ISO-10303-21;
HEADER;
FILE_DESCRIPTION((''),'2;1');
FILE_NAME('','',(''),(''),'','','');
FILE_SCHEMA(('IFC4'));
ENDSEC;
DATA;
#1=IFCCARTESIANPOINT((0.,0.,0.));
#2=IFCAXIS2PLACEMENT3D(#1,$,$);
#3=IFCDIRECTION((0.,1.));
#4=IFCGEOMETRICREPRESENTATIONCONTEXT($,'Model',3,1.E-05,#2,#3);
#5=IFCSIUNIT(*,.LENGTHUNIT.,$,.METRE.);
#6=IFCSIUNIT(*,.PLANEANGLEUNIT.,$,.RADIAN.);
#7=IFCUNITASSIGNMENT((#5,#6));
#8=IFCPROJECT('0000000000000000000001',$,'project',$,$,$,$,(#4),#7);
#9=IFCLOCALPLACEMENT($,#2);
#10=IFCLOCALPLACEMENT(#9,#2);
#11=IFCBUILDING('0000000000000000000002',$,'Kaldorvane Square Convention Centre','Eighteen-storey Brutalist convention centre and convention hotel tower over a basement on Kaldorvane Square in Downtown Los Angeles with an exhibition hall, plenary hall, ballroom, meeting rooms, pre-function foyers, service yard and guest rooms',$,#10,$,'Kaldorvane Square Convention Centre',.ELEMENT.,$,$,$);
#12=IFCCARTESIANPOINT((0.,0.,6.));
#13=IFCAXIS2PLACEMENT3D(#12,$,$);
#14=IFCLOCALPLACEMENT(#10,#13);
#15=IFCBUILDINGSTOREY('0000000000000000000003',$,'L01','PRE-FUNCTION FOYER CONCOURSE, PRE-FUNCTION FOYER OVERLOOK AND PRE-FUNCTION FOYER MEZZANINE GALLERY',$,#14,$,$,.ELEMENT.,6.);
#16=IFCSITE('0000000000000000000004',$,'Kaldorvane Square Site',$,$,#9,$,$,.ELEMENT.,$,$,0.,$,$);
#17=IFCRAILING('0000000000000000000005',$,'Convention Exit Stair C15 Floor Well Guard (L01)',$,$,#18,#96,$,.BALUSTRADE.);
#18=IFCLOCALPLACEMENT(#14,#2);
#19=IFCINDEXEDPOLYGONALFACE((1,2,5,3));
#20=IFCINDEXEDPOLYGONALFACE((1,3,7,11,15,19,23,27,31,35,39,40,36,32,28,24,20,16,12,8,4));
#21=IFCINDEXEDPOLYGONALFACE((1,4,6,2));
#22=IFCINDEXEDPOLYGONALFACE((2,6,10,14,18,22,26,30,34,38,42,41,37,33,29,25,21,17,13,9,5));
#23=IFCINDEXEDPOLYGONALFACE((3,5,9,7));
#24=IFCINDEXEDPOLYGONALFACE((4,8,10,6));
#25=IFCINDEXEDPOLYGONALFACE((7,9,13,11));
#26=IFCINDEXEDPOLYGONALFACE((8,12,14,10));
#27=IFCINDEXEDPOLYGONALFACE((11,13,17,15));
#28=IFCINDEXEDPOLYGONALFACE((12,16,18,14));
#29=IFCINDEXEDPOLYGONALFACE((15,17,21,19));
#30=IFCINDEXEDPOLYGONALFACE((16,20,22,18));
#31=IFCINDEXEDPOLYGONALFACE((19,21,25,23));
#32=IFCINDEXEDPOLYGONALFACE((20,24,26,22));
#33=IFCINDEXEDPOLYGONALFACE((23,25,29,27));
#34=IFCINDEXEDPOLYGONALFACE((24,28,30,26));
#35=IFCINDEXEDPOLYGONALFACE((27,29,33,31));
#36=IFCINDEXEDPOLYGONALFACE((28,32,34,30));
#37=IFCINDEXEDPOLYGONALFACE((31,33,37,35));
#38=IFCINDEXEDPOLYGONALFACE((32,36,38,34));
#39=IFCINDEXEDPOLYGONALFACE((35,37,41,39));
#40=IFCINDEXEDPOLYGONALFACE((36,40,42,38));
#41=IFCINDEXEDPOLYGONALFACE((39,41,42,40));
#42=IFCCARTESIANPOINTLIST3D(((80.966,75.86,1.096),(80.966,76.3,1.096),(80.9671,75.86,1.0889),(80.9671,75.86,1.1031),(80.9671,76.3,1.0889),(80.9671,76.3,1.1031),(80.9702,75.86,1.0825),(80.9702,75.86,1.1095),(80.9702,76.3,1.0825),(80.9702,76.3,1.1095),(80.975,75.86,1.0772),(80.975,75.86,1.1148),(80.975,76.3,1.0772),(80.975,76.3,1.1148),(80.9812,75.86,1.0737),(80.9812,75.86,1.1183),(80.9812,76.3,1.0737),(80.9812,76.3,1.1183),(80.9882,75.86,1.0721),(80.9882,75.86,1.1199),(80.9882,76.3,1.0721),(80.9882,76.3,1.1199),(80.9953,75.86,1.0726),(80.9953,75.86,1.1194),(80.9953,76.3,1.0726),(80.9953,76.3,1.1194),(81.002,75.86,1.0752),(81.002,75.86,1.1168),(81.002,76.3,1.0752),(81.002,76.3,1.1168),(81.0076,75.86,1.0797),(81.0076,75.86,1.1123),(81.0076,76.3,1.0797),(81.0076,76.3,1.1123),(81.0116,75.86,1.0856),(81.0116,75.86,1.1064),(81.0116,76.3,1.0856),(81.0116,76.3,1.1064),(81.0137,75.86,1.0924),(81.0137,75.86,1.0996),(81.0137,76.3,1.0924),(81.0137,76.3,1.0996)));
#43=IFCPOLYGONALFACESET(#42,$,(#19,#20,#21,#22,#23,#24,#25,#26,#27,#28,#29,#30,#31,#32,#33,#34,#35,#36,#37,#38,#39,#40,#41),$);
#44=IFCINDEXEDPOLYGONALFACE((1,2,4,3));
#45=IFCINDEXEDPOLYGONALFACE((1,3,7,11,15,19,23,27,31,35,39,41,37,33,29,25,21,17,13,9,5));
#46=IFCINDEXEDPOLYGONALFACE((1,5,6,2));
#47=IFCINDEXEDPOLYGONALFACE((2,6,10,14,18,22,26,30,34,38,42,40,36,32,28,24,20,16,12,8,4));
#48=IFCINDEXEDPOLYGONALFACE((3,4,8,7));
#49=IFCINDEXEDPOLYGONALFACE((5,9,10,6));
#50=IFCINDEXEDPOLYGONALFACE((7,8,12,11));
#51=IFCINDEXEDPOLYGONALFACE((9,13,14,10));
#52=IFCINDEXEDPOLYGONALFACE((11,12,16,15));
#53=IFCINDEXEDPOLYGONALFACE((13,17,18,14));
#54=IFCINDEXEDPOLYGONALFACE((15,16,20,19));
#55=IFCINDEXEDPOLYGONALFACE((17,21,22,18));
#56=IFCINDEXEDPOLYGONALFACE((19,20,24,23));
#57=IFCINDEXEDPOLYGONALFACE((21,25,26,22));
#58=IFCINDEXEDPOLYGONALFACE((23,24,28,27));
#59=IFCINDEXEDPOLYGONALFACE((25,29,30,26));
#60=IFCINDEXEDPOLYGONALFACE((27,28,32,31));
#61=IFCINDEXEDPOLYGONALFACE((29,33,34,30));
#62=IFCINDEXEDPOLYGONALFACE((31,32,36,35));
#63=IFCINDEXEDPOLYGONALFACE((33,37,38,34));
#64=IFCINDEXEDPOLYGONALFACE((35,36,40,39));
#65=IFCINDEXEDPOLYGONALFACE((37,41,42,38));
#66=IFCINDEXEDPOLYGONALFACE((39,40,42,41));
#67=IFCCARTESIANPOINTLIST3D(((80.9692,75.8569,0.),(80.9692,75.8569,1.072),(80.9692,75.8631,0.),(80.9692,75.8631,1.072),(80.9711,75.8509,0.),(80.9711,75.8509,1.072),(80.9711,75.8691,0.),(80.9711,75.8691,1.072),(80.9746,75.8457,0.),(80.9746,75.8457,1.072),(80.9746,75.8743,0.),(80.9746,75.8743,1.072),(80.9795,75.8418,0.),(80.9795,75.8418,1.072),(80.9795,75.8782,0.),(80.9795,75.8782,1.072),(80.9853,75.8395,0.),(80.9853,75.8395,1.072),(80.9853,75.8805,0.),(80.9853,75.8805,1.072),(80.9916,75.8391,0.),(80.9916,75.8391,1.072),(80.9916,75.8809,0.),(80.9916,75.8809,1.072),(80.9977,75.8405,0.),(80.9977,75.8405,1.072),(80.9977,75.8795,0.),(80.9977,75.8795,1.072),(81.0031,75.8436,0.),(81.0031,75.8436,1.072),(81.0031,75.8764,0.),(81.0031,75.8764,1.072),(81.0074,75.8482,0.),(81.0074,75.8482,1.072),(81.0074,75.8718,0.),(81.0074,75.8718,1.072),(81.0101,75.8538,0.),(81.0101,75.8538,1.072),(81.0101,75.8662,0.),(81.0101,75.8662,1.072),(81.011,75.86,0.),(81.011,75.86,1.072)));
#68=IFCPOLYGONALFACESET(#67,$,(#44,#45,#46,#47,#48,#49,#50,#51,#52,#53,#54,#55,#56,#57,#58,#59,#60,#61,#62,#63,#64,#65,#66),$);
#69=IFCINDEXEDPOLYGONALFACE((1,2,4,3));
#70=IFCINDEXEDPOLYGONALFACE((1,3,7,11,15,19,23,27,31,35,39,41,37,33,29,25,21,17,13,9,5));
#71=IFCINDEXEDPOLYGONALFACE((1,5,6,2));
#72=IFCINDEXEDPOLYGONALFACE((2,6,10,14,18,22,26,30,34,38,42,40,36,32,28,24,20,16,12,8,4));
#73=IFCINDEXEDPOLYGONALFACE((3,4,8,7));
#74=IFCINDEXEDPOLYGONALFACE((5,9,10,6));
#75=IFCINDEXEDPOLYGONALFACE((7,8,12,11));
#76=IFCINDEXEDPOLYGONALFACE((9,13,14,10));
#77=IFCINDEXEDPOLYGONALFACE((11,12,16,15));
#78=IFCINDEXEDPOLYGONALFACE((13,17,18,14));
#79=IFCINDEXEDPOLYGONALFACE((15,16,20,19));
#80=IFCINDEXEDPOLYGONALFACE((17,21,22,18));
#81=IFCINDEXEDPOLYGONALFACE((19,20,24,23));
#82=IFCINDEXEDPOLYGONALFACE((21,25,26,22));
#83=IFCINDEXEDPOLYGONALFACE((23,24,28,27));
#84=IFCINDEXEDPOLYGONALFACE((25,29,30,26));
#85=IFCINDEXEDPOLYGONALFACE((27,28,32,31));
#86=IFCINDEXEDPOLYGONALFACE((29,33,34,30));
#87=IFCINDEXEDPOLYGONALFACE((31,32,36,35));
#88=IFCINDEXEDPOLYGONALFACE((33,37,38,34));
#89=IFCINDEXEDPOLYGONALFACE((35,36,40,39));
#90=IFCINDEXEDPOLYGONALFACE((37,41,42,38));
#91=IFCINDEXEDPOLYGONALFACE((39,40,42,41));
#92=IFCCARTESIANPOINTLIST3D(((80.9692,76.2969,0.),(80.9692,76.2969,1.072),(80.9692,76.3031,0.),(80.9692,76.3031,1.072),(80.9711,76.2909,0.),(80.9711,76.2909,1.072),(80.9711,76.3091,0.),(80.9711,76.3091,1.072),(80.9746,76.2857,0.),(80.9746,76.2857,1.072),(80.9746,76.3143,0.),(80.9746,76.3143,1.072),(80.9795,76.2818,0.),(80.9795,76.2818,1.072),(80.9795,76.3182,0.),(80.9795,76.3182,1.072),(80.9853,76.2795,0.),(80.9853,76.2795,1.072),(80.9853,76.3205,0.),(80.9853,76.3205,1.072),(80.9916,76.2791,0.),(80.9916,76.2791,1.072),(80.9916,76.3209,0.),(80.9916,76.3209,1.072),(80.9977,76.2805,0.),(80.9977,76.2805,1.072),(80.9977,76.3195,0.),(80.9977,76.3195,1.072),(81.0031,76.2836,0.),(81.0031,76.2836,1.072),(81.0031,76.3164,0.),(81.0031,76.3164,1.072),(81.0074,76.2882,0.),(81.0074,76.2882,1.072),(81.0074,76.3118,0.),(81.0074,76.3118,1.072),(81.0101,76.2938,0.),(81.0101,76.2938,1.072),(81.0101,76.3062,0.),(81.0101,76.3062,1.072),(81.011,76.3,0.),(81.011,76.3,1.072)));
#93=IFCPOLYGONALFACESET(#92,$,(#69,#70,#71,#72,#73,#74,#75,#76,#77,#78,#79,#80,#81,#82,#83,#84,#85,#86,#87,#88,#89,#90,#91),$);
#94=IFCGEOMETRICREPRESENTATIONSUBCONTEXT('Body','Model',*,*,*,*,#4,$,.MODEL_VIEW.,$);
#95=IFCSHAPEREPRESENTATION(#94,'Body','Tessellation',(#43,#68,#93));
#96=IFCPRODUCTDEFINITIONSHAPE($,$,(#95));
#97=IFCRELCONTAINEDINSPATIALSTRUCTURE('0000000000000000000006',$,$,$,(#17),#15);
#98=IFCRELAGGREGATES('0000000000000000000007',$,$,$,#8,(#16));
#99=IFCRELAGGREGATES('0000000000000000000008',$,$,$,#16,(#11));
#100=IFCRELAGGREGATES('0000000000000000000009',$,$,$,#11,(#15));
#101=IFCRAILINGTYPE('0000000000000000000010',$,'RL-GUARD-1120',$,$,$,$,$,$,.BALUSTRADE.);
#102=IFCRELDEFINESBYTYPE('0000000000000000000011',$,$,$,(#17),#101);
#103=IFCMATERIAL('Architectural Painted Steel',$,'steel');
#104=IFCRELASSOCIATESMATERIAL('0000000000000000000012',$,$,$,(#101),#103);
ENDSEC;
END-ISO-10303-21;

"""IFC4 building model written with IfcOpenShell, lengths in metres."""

from ifc_helpers import new_model, si_unit, direction, frame, origin, origin_2d, place, context, subcontext, project, spatial, circle, extrude, material, type_object, element, save


model = new_model("IFC4")

# Units and contexts
model_context = context("Model", 3, precision=1e-05, world=origin(), true_north=direction((0.0, 1.0)))
body_context = subcontext(model_context, "Body", "Model", "MODEL_VIEW")
ifc_project = project(units=[si_unit("LENGTHUNIT", "METRE"), si_unit("PLANEANGLEUNIT", "RADIAN")], contexts=[model_context])

# Site, building, storey
site_placement = place(None, origin())
site = spatial("IfcSite", under=ifc_project, at=site_placement, Name="Kaldorvane Square Site", CompositionType="ELEMENT", RefElevation=0.0)
building_placement = place(site_placement, origin())
building = spatial("IfcBuilding", under=site, at=building_placement, Name="Kaldorvane Square Convention Centre", Description="Eighteen-storey Brutalist convention centre and convention hotel tower over a basement on Kaldorvane Square in Downtown Los Angeles with an exhibition hall, plenary hall, ballroom, meeting rooms, pre-function foyers, service yard and guest rooms", LongName="Kaldorvane Square Convention Centre", CompositionType="ELEMENT")
storey_placement = place(building_placement, frame((0.0, 0.0, 6.0)))
storey = spatial("IfcBuildingStorey", under=building, at=storey_placement, Name="L01", Description="PRE-FUNCTION FOYER CONCOURSE, PRE-FUNCTION FOYER OVERLOOK AND PRE-FUNCTION FOYER MEZZANINE GALLERY", CompositionType="ELEMENT", Elevation=6.0)

# Railing
ifc_material_1 = material(Name="Architectural Painted Steel", Category="steel")
railing_type_1 = type_object("IfcRailingType", Name="RL-GUARD-1120", PredefinedType="BALUSTRADE", material=ifc_material_1)
railing_1_placement = place(storey_placement, frame((80.99, 75.86, 0.0)))
element("IfcRailing", 1, at=railing_1_placement, inside=storey, type_object=railing_type_1, Name="Convention Exit Stair C15 Floor Well Guard (L01)", PredefinedType="BALUSTRADE", context=body_context, shape_type="SweptSolid", body=[
    extrude(circle(Radius=0.024, at=origin_2d()), frame((0.0, 0.0, 1.096), z_axis=(0.0, 1.0, 0.0), x_axis=(-1.0, 0.0, 0.0)), (0.0, 0.0, 1.0), 0.44),
    extrude(circle(Radius=0.021, at=origin_2d()), origin(), (0.0, 0.0, 1.0), 1.072),
    extrude(circle(Radius=0.021, at=origin_2d()), frame((0.0, 0.44, 0.0)), (0.0, 0.0, 1.0), 1.072),
])

save(model, "model.ifc")
